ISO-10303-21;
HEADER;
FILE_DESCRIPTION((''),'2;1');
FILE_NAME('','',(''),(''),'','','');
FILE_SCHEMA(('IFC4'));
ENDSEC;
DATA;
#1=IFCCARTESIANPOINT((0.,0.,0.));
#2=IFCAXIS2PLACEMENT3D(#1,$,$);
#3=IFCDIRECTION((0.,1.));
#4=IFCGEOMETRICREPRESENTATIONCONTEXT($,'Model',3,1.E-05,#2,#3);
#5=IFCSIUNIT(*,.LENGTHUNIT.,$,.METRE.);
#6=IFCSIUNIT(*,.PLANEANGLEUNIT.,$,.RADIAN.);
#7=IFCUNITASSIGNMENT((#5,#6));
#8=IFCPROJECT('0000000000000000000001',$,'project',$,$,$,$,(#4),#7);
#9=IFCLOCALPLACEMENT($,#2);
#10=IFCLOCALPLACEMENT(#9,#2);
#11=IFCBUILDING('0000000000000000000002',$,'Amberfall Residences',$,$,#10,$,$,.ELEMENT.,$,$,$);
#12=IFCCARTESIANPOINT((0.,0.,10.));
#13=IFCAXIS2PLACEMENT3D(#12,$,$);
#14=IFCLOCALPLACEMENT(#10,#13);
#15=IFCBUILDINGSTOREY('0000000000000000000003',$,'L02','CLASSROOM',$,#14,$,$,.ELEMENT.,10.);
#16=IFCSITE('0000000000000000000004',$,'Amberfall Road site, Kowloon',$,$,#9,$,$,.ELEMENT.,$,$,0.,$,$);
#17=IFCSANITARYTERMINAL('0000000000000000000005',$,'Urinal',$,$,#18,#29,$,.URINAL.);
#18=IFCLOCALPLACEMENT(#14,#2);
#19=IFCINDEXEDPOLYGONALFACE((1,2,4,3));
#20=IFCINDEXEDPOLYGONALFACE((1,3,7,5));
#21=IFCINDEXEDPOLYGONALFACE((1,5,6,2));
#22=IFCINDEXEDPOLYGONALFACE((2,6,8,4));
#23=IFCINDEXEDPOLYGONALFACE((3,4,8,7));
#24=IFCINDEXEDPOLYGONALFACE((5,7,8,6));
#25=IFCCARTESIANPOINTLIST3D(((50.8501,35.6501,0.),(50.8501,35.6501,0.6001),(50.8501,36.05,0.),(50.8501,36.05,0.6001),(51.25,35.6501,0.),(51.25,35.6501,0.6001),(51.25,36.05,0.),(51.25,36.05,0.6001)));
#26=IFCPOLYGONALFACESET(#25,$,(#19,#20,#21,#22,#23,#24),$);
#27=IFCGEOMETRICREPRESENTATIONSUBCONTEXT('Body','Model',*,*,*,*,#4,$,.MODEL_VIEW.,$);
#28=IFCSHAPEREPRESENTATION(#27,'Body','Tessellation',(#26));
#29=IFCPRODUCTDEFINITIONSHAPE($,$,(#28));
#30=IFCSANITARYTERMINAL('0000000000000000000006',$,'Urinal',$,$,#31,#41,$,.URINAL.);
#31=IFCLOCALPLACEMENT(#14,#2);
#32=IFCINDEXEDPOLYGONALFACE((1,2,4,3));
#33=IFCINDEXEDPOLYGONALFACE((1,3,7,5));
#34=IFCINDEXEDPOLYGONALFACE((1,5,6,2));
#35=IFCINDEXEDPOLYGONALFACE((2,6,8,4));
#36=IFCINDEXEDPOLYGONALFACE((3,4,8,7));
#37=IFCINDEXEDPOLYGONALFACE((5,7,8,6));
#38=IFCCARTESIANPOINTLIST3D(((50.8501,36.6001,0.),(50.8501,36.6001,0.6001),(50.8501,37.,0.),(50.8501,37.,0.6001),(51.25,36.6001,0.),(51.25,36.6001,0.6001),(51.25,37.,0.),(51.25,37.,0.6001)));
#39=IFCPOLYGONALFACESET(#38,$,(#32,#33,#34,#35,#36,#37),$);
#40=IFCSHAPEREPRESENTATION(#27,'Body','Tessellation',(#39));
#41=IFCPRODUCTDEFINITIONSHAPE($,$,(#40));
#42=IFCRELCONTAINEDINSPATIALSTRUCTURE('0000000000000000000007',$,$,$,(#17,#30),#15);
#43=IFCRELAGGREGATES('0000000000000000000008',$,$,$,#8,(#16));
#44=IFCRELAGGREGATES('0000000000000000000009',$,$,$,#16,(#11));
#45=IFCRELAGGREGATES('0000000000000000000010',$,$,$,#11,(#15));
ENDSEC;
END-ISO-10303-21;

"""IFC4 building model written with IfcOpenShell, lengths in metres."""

from ifc_helpers import new_model, si_unit, direction, frame, origin, origin_2d, place, context, subcontext, project, spatial, rectangle, extrude, element, save


model = new_model("IFC4")

# Units and contexts
model_context = context("Model", 3, precision=1e-05, world=origin(), true_north=direction((0.0, 1.0)))
body_context = subcontext(model_context, "Body", "Model", "MODEL_VIEW")
ifc_project = project(units=[si_unit("LENGTHUNIT", "METRE"), si_unit("PLANEANGLEUNIT", "RADIAN")], contexts=[model_context])

# Site, building, storey
site_placement = place(None, origin())
site = spatial("IfcSite", under=ifc_project, at=site_placement, Name="Amberfall Road site, Kowloon", CompositionType="ELEMENT", RefElevation=0.0)
building_placement = place(site_placement, origin())
building = spatial("IfcBuilding", under=site, at=building_placement, Name="Amberfall Residences", CompositionType="ELEMENT")
storey_placement = place(building_placement, frame((0.0, 0.0, 10.0)))
storey = spatial("IfcBuildingStorey", under=building, at=storey_placement, Name="L02", Description="CLASSROOM", CompositionType="ELEMENT", Elevation=10.0)

# Sanitary terminals
for number, where, z_axis, x_axis, name in (
    (1, (51.05, 35.8501, 0.0), (0.0, 0.0, 1.0), (1.0, 0.0, 0.0), "Urinal"),
    (2, (51.05, 36.8, 0.0), (0.0, 0.0, 1.0), (1.0, 0.0, 0.0), "Urinal"),
):
    element("IfcSanitaryTerminal", number, at=place(storey_placement, frame(where, z_axis=z_axis, x_axis=x_axis)), inside=storey, Name=name, PredefinedType="URINAL", context=body_context, shape_type="SweptSolid", body=[
        extrude(rectangle(XDim=0.3999, YDim=0.3999, at=origin_2d()), origin(), (0.0, 0.0, 1.0), 0.6001),
    ])

save(model, "model.ifc")
